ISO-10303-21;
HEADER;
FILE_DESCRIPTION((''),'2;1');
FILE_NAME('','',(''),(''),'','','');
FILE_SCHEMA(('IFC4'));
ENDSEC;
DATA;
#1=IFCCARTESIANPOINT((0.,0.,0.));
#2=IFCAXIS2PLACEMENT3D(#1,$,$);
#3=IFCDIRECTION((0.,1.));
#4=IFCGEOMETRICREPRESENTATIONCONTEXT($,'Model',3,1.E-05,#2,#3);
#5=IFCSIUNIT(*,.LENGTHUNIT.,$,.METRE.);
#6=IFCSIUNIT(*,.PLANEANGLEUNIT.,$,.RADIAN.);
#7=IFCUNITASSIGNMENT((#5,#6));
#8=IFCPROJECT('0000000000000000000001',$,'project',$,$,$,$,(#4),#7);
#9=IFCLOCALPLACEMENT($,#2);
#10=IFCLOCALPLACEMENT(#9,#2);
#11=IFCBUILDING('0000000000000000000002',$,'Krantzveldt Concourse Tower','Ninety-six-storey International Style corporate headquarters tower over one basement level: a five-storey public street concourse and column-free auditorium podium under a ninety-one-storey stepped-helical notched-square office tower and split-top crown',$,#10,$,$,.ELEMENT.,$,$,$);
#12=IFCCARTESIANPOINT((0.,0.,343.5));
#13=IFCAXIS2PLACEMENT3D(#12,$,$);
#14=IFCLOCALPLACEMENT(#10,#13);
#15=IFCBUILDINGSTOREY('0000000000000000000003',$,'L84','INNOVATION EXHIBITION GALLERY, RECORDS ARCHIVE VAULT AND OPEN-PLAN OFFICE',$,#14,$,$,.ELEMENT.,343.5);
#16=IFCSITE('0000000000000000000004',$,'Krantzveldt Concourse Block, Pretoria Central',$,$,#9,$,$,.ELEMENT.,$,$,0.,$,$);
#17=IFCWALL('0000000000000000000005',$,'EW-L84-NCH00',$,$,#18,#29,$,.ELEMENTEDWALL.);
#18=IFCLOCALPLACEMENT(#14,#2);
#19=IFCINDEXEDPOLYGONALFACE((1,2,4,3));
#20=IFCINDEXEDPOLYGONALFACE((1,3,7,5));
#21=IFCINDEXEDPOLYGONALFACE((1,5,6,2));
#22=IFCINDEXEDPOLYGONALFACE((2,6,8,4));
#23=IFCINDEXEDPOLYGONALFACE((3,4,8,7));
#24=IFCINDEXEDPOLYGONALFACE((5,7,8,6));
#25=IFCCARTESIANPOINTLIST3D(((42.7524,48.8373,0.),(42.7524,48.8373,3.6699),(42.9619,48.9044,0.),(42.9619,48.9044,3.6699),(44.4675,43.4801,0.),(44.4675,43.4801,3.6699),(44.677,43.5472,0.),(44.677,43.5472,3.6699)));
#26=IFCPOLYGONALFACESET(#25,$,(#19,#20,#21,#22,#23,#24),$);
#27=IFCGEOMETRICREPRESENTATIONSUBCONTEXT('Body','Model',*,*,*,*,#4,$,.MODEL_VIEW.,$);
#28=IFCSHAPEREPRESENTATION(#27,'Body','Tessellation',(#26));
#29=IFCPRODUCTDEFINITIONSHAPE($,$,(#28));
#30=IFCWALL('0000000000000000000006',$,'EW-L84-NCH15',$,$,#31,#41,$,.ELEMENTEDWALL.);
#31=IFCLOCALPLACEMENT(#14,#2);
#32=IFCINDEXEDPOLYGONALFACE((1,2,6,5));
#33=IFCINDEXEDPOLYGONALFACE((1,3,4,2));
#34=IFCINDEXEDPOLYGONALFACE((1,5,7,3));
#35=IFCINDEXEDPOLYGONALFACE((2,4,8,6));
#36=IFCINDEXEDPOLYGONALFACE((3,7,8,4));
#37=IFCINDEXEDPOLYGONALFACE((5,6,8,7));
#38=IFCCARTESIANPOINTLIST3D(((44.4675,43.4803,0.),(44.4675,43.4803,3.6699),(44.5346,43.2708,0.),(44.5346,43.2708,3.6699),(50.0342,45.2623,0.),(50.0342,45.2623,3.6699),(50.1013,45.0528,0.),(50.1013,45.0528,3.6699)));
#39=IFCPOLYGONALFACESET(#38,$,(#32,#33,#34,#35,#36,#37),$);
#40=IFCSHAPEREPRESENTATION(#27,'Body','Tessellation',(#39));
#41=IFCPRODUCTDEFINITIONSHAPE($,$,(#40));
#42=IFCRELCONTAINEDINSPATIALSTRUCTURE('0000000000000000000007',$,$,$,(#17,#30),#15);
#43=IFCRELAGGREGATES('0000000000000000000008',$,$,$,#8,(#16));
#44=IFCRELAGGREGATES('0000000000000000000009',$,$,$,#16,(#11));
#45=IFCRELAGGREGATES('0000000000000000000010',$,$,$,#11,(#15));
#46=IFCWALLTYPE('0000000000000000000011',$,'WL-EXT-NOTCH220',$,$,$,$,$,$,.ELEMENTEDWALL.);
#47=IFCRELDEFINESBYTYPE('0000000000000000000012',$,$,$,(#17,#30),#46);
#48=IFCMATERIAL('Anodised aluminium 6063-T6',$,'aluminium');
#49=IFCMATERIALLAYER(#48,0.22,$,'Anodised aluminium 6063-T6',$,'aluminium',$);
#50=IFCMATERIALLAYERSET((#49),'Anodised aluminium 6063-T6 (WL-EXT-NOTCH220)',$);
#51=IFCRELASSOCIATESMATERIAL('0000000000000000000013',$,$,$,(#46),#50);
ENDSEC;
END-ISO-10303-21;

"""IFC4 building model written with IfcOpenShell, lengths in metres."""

from ifc_helpers import new_model, si_unit, direction, frame, frame_2d, origin, place, context, subcontext, project, spatial, rectangle, extrude, material, layer, layer_set, type_object, element, save


model = new_model("IFC4")

# Units and contexts
model_context = context("Model", 3, precision=1e-05, world=origin(), true_north=direction((0.0, 1.0)))
body_context = subcontext(model_context, "Body", "Model", "MODEL_VIEW")
ifc_project = project(units=[si_unit("LENGTHUNIT", "METRE"), si_unit("PLANEANGLEUNIT", "RADIAN")], contexts=[model_context])

# Site, building, storey
site_placement = place(None, origin())
site = spatial("IfcSite", under=ifc_project, at=site_placement, Name="Krantzveldt Concourse Block, Pretoria Central", CompositionType="ELEMENT", RefElevation=0.0)
building_placement = place(site_placement, origin())
building = spatial("IfcBuilding", under=site, at=building_placement, Name="Krantzveldt Concourse Tower", Description="Ninety-six-storey International Style corporate headquarters tower over one basement level: a five-storey public street concourse and column-free auditorium podium under a ninety-one-storey stepped-helical notched-square office tower and split-top crown", CompositionType="ELEMENT")
storey_placement = place(building_placement, frame((0.0, 0.0, 343.5)))
storey = spatial("IfcBuildingStorey", under=building, at=storey_placement, Name="L84", Description="INNOVATION EXHIBITION GALLERY, RECORDS ARCHIVE VAULT AND OPEN-PLAN OFFICE", CompositionType="ELEMENT", Elevation=343.5)

# Shared definitions
ifc_material_1 = material(Name="Anodised aluminium 6063-T6", Category="aluminium")

# Walls
ifc_layer_1 = layer(ifc_material_1, 0.22, Name="Anodised aluminium 6063-T6", Category="aluminium")
ifc_layer_set_1 = layer_set([ifc_layer_1], Name="Anodised aluminium 6063-T6 (WL-EXT-NOTCH220)")
wall_type = type_object("IfcWallType", Name="WL-EXT-NOTCH220", PredefinedType="ELEMENTEDWALL", material=ifc_layer_set_1)
wall_1_placement = place(storey_placement, frame((44.5723, 43.5137, 0.0), z_axis=(0.0, 0.0, 1.0), x_axis=(-0.304903, 0.952383, 0.0)))
element("IfcWall", 1, at=wall_1_placement, inside=storey, type_object=wall_type, Name="EW-L84-NCH00", PredefinedType="ELEMENTEDWALL", context=body_context, shape_type="SweptSolid", body=[
    extrude(rectangle(XDim=5.625, YDim=0.22, at=frame_2d((2.8125, 0.0))), origin(), (0.0, 0.0, 1.0), 3.6699),
])
wall_2_placement = place(storey_placement, frame((50.0676, 45.1575, 0.0), z_axis=(0.0, 0.0, 1.0), x_axis=(-0.952392, -0.304877, 0.0)))
element("IfcWall", 2, at=wall_2_placement, inside=storey, type_object=wall_type, Name="EW-L84-NCH15", PredefinedType="ELEMENTEDWALL", context=body_context, shape_type="SweptSolid", body=[
    extrude(rectangle(XDim=5.845, YDim=0.22, at=frame_2d((2.9224, 0.0))), origin(), (0.0, 0.0, 1.0), 3.6699),
])

save(model, "model.ifc")
